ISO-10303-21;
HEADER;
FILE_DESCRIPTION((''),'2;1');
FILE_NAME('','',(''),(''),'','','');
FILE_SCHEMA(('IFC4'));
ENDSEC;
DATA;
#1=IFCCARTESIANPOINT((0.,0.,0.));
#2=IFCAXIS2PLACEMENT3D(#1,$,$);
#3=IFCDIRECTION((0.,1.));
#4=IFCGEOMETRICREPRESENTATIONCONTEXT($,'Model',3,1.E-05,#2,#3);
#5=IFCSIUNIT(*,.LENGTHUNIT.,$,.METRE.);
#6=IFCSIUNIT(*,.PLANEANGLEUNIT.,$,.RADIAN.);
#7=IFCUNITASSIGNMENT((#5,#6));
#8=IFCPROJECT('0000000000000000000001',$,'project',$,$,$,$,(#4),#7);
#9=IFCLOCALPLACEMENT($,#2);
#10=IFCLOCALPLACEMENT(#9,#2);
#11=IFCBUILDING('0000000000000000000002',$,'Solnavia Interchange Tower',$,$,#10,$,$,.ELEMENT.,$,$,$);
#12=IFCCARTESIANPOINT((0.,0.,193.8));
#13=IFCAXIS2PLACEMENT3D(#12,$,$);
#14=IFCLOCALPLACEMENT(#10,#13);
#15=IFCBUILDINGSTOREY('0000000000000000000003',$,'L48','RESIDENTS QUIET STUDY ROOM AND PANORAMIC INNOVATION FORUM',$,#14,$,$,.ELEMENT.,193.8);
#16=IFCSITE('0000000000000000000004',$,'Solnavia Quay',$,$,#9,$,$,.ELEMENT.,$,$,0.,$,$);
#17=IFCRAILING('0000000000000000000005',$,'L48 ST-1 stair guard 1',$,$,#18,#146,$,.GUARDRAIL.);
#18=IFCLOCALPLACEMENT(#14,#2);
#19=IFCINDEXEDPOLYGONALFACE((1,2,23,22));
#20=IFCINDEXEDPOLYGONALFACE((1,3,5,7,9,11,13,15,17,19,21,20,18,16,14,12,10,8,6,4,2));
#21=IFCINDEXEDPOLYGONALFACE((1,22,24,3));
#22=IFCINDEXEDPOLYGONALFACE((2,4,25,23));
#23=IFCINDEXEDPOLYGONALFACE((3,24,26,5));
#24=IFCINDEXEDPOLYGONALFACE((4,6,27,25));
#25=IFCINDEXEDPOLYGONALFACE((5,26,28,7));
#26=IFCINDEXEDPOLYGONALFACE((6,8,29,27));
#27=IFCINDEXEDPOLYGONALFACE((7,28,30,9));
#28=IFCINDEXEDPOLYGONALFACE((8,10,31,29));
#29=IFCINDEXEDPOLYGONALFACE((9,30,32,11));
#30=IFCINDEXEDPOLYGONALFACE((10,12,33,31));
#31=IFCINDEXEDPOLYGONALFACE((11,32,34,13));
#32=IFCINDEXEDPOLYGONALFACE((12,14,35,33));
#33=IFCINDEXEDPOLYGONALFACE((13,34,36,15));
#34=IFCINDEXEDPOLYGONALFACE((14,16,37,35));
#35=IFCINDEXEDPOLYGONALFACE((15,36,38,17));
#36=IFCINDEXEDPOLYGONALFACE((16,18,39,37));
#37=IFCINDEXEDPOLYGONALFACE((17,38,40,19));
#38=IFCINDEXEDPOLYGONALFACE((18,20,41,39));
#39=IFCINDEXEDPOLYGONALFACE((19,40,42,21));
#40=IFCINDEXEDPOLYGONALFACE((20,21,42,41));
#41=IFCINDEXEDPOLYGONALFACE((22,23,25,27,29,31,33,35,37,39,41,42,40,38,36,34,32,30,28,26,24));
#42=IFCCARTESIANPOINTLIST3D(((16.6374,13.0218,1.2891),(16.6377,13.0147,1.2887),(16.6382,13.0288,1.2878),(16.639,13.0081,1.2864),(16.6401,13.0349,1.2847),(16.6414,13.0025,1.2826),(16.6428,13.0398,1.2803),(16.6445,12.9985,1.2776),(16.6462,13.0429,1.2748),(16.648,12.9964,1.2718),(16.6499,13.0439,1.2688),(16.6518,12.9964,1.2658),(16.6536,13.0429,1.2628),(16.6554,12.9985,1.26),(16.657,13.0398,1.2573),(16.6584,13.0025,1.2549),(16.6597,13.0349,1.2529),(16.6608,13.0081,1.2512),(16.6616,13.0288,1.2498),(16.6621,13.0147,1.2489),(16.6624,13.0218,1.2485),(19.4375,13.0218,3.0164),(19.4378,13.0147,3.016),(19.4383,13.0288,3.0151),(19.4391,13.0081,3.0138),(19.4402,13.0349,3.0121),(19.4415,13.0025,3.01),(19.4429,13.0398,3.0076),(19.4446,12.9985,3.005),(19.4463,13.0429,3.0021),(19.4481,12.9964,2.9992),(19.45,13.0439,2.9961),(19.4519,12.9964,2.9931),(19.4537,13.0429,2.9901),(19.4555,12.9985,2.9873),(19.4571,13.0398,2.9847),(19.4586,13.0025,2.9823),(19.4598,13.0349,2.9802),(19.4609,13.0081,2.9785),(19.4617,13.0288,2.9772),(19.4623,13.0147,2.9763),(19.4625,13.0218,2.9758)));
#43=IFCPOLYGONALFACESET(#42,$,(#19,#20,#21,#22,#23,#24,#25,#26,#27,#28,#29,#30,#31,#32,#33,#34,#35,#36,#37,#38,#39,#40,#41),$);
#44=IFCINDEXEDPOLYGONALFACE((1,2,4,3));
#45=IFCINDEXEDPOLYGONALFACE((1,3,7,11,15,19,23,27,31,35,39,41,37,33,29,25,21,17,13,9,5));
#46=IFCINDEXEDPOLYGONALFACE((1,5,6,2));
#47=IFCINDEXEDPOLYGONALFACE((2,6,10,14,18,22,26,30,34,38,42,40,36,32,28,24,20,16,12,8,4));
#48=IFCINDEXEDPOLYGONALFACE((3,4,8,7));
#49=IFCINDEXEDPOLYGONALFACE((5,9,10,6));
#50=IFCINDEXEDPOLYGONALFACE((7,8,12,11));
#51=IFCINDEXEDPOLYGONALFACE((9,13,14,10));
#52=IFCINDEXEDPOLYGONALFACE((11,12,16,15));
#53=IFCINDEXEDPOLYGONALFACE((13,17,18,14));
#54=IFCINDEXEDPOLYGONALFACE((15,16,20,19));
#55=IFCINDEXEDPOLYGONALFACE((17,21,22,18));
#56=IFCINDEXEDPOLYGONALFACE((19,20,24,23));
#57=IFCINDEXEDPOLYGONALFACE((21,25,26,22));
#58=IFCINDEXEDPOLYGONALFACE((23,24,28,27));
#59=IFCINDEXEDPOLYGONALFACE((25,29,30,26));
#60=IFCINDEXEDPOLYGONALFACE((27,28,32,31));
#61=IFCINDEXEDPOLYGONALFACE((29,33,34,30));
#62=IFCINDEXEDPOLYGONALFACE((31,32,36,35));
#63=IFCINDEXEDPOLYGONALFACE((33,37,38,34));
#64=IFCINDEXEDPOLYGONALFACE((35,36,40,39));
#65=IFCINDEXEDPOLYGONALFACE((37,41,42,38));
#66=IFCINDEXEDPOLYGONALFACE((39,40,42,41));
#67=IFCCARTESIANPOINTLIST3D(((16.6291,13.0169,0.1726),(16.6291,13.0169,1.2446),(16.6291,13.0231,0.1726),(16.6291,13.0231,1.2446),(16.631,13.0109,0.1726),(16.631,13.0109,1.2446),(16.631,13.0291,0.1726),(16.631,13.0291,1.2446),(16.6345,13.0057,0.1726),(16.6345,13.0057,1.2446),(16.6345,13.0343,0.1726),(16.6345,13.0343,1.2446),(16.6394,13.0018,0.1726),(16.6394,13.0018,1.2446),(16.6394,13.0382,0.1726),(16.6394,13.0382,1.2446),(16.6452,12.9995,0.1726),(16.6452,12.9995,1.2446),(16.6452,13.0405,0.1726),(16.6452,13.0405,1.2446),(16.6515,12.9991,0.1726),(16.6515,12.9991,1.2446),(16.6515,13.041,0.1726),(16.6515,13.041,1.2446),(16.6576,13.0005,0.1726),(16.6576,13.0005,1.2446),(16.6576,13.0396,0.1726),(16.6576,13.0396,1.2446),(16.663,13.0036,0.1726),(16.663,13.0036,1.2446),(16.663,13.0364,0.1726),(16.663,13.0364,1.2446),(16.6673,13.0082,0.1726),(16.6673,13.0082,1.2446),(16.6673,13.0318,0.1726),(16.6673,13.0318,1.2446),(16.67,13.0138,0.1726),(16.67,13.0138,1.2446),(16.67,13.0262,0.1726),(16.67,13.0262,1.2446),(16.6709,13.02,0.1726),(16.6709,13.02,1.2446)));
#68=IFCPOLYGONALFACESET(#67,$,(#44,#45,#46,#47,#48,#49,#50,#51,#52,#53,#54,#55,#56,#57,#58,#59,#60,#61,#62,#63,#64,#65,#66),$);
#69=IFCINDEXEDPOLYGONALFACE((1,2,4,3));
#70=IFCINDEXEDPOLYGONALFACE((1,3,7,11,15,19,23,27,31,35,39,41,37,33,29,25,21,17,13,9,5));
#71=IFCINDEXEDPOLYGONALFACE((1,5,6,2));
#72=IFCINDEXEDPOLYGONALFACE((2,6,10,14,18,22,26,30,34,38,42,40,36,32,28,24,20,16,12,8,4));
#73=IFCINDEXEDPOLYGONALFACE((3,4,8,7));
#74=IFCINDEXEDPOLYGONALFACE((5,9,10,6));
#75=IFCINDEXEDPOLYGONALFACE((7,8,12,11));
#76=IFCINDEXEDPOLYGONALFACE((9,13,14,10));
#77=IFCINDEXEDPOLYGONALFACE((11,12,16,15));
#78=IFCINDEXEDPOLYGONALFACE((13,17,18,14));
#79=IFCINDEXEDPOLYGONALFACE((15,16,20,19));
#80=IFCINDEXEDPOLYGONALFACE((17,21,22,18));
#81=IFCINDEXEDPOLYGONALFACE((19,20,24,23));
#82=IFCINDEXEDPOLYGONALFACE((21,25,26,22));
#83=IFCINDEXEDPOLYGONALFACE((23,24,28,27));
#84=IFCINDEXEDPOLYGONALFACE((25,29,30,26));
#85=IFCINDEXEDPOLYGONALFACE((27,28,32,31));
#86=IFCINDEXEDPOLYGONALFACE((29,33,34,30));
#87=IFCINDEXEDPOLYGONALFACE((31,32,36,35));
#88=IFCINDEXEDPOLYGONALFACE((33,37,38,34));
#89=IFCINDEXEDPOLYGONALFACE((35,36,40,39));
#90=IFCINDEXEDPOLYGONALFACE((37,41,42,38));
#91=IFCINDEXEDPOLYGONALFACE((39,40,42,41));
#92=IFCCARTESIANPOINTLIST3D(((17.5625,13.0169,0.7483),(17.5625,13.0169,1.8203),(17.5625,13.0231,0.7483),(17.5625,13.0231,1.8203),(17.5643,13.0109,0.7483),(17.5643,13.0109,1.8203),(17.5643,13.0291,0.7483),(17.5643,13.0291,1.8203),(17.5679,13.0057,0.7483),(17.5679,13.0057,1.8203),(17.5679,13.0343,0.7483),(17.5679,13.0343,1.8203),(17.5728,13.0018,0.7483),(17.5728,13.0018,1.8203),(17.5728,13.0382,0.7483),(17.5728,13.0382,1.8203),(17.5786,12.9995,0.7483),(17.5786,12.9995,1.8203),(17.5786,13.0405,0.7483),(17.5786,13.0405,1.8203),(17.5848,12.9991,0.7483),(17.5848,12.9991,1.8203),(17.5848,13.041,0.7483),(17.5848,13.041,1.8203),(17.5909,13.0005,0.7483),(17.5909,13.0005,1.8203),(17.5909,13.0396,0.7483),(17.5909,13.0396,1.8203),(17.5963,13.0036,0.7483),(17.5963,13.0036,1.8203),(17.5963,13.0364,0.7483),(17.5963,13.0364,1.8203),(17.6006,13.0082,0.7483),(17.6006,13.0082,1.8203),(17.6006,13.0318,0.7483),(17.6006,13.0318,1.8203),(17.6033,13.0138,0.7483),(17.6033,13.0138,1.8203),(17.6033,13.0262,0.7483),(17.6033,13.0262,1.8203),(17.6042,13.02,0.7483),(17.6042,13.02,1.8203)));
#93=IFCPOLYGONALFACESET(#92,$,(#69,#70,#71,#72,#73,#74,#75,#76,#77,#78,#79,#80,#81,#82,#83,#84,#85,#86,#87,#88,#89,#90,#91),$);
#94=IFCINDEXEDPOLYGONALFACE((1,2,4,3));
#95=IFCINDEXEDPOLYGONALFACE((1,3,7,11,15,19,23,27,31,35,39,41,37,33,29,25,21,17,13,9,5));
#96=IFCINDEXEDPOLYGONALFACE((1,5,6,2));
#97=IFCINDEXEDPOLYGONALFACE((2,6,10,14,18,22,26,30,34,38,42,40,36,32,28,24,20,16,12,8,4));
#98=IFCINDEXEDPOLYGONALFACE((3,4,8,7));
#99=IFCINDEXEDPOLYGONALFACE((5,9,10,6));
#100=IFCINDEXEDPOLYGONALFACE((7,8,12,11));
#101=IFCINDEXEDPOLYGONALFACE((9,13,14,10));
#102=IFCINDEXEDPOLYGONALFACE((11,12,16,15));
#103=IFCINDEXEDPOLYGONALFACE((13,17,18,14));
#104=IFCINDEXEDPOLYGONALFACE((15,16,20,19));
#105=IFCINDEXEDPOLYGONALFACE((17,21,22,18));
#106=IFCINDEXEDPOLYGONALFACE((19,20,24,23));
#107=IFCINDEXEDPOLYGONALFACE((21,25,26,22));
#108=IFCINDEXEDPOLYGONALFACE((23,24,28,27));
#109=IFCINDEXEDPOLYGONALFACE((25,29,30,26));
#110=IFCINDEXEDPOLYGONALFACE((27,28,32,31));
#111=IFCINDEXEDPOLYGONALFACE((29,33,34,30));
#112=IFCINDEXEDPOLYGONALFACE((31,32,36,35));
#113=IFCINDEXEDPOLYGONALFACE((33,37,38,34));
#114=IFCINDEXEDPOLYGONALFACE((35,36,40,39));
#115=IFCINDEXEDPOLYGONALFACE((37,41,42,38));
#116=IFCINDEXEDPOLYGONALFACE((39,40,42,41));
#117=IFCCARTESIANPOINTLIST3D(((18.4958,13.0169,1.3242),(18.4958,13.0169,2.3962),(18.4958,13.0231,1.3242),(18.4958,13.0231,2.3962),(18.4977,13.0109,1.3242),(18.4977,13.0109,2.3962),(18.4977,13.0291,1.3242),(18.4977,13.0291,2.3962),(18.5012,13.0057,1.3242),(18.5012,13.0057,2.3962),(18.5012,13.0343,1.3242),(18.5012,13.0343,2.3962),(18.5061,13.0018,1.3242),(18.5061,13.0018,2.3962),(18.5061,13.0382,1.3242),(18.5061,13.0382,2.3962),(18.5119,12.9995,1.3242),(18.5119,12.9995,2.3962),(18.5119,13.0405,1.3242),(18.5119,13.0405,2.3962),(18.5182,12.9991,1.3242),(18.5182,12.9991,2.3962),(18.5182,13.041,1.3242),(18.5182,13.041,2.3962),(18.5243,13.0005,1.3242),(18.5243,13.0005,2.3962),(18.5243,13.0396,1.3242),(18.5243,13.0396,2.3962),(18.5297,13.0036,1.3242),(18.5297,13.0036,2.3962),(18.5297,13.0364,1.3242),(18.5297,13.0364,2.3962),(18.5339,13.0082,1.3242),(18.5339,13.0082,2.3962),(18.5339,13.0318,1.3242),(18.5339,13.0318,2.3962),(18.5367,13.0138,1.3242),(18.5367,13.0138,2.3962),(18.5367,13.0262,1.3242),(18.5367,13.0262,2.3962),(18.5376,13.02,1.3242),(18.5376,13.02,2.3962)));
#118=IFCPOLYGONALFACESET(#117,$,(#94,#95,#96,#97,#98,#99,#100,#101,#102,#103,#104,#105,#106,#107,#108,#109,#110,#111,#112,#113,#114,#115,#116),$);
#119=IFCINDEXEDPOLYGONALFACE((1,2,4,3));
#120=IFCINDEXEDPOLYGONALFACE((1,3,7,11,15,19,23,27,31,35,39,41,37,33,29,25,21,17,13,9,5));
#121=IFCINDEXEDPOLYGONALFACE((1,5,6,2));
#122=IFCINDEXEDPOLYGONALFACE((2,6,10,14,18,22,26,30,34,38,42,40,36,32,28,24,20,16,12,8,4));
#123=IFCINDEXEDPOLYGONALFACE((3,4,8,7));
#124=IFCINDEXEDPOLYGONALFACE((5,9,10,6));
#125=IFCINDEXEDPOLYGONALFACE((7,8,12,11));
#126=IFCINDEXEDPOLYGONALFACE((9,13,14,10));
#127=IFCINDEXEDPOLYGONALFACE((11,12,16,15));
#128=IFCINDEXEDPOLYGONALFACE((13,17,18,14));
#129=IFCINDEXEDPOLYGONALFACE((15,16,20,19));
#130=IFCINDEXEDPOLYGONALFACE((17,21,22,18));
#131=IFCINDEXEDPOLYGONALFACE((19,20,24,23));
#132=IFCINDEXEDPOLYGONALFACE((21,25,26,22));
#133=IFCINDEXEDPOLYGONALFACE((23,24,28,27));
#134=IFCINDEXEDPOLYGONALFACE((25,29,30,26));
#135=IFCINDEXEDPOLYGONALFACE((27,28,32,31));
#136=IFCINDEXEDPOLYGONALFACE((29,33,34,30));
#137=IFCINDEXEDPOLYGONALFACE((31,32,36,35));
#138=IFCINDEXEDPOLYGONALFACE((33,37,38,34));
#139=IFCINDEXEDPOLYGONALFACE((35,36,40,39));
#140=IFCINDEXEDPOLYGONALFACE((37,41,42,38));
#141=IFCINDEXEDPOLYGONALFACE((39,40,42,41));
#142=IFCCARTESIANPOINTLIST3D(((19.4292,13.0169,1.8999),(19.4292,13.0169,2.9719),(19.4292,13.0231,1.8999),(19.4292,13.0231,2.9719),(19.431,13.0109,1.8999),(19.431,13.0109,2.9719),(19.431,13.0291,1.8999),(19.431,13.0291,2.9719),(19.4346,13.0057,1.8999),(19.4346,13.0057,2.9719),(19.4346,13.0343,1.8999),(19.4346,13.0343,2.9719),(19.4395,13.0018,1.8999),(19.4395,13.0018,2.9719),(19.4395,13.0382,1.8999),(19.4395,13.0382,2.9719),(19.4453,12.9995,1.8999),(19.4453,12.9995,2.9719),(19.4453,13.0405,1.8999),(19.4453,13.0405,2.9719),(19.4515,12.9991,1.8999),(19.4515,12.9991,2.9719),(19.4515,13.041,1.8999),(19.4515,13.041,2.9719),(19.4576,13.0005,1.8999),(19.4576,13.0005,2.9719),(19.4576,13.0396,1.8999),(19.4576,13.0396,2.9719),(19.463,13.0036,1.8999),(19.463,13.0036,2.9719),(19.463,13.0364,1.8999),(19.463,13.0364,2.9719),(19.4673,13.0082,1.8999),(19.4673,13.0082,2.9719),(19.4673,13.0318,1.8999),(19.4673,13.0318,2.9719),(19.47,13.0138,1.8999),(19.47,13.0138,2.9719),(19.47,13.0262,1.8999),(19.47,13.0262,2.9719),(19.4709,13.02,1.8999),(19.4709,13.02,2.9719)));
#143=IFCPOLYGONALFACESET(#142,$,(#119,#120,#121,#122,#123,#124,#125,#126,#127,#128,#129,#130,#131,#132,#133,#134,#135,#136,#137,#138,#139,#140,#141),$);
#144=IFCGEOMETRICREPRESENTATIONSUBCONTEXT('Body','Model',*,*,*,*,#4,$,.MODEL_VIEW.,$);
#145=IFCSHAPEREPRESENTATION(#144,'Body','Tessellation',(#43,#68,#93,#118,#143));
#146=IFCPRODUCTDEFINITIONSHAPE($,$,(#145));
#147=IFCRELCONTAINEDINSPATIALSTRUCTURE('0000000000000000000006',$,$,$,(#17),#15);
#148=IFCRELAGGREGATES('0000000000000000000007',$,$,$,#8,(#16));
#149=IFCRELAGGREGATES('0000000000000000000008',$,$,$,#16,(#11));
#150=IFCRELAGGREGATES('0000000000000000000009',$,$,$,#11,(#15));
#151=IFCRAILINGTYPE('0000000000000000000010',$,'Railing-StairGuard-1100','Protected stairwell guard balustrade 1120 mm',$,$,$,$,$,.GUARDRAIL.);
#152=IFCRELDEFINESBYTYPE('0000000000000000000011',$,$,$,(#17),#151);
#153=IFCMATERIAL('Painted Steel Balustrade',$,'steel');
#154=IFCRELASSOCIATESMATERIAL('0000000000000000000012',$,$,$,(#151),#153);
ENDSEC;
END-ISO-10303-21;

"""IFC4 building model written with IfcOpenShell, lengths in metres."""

from ifc_helpers import new_model, si_unit, direction, frame, origin, origin_2d, place, context, subcontext, project, spatial, circle, extrude, material, type_object, element, save


model = new_model("IFC4")

# Units and contexts
model_context = context("Model", 3, precision=1e-05, world=origin(), true_north=direction((0.0, 1.0)))
body_context = subcontext(model_context, "Body", "Model", "MODEL_VIEW")
ifc_project = project(units=[si_unit("LENGTHUNIT", "METRE"), si_unit("PLANEANGLEUNIT", "RADIAN")], contexts=[model_context])

# Site, building, storey
site_placement = place(None, origin())
site = spatial("IfcSite", under=ifc_project, at=site_placement, Name="Solnavia Quay", CompositionType="ELEMENT", RefElevation=0.0)
building_placement = place(site_placement, origin())
building = spatial("IfcBuilding", under=site, at=building_placement, Name="Solnavia Interchange Tower", CompositionType="ELEMENT")
storey_placement = place(building_placement, frame((0.0, 0.0, 193.8)))
storey = spatial("IfcBuildingStorey", under=building, at=storey_placement, Name="L48", Description="RESIDENTS QUIET STUDY ROOM AND PANORAMIC INNOVATION FORUM", CompositionType="ELEMENT", Elevation=193.8)

# Railing
ifc_material_1 = material(Name="Painted Steel Balustrade", Category="steel")
railing_type_1 = type_object("IfcRailingType", Name="Railing-StairGuard-1100", Description="Protected stairwell guard balustrade 1120 mm", PredefinedType="GUARDRAIL", material=ifc_material_1)
railing_1_placement = place(storey_placement, frame((16.6499, 13.02, 0.1726)))
element("IfcRailing", 1, at=railing_1_placement, inside=storey, type_object=railing_type_1, Name="L48 ST-1 stair guard 1", PredefinedType="GUARDRAIL", context=body_context, shape_type="SweptSolid", body=[
    extrude(circle(Radius=0.0239, at=origin_2d()), frame((0.0, 0.0, 1.0962), z_axis=(0.85109, 0.0, 0.52502), x_axis=(0.0, 1.0, 0.0)), (0.0, 0.0, 1.0), 3.29),
    extrude(circle(Radius=0.021, at=origin_2d()), origin(), (0.0, 0.0, 1.0), 1.072),
    extrude(circle(Radius=0.021, at=origin_2d()), frame((0.9333, 0.0, 0.5757)), (0.0, 0.0, 1.0), 1.072),
    extrude(circle(Radius=0.021, at=origin_2d()), frame((1.8667, 0.0, 1.1516)), (0.0, 0.0, 1.0), 1.072),
    extrude(circle(Radius=0.021, at=origin_2d()), frame((2.8, 0.0, 1.7273)), (0.0, 0.0, 1.0), 1.072),
])

save(model, "model.ifc")
